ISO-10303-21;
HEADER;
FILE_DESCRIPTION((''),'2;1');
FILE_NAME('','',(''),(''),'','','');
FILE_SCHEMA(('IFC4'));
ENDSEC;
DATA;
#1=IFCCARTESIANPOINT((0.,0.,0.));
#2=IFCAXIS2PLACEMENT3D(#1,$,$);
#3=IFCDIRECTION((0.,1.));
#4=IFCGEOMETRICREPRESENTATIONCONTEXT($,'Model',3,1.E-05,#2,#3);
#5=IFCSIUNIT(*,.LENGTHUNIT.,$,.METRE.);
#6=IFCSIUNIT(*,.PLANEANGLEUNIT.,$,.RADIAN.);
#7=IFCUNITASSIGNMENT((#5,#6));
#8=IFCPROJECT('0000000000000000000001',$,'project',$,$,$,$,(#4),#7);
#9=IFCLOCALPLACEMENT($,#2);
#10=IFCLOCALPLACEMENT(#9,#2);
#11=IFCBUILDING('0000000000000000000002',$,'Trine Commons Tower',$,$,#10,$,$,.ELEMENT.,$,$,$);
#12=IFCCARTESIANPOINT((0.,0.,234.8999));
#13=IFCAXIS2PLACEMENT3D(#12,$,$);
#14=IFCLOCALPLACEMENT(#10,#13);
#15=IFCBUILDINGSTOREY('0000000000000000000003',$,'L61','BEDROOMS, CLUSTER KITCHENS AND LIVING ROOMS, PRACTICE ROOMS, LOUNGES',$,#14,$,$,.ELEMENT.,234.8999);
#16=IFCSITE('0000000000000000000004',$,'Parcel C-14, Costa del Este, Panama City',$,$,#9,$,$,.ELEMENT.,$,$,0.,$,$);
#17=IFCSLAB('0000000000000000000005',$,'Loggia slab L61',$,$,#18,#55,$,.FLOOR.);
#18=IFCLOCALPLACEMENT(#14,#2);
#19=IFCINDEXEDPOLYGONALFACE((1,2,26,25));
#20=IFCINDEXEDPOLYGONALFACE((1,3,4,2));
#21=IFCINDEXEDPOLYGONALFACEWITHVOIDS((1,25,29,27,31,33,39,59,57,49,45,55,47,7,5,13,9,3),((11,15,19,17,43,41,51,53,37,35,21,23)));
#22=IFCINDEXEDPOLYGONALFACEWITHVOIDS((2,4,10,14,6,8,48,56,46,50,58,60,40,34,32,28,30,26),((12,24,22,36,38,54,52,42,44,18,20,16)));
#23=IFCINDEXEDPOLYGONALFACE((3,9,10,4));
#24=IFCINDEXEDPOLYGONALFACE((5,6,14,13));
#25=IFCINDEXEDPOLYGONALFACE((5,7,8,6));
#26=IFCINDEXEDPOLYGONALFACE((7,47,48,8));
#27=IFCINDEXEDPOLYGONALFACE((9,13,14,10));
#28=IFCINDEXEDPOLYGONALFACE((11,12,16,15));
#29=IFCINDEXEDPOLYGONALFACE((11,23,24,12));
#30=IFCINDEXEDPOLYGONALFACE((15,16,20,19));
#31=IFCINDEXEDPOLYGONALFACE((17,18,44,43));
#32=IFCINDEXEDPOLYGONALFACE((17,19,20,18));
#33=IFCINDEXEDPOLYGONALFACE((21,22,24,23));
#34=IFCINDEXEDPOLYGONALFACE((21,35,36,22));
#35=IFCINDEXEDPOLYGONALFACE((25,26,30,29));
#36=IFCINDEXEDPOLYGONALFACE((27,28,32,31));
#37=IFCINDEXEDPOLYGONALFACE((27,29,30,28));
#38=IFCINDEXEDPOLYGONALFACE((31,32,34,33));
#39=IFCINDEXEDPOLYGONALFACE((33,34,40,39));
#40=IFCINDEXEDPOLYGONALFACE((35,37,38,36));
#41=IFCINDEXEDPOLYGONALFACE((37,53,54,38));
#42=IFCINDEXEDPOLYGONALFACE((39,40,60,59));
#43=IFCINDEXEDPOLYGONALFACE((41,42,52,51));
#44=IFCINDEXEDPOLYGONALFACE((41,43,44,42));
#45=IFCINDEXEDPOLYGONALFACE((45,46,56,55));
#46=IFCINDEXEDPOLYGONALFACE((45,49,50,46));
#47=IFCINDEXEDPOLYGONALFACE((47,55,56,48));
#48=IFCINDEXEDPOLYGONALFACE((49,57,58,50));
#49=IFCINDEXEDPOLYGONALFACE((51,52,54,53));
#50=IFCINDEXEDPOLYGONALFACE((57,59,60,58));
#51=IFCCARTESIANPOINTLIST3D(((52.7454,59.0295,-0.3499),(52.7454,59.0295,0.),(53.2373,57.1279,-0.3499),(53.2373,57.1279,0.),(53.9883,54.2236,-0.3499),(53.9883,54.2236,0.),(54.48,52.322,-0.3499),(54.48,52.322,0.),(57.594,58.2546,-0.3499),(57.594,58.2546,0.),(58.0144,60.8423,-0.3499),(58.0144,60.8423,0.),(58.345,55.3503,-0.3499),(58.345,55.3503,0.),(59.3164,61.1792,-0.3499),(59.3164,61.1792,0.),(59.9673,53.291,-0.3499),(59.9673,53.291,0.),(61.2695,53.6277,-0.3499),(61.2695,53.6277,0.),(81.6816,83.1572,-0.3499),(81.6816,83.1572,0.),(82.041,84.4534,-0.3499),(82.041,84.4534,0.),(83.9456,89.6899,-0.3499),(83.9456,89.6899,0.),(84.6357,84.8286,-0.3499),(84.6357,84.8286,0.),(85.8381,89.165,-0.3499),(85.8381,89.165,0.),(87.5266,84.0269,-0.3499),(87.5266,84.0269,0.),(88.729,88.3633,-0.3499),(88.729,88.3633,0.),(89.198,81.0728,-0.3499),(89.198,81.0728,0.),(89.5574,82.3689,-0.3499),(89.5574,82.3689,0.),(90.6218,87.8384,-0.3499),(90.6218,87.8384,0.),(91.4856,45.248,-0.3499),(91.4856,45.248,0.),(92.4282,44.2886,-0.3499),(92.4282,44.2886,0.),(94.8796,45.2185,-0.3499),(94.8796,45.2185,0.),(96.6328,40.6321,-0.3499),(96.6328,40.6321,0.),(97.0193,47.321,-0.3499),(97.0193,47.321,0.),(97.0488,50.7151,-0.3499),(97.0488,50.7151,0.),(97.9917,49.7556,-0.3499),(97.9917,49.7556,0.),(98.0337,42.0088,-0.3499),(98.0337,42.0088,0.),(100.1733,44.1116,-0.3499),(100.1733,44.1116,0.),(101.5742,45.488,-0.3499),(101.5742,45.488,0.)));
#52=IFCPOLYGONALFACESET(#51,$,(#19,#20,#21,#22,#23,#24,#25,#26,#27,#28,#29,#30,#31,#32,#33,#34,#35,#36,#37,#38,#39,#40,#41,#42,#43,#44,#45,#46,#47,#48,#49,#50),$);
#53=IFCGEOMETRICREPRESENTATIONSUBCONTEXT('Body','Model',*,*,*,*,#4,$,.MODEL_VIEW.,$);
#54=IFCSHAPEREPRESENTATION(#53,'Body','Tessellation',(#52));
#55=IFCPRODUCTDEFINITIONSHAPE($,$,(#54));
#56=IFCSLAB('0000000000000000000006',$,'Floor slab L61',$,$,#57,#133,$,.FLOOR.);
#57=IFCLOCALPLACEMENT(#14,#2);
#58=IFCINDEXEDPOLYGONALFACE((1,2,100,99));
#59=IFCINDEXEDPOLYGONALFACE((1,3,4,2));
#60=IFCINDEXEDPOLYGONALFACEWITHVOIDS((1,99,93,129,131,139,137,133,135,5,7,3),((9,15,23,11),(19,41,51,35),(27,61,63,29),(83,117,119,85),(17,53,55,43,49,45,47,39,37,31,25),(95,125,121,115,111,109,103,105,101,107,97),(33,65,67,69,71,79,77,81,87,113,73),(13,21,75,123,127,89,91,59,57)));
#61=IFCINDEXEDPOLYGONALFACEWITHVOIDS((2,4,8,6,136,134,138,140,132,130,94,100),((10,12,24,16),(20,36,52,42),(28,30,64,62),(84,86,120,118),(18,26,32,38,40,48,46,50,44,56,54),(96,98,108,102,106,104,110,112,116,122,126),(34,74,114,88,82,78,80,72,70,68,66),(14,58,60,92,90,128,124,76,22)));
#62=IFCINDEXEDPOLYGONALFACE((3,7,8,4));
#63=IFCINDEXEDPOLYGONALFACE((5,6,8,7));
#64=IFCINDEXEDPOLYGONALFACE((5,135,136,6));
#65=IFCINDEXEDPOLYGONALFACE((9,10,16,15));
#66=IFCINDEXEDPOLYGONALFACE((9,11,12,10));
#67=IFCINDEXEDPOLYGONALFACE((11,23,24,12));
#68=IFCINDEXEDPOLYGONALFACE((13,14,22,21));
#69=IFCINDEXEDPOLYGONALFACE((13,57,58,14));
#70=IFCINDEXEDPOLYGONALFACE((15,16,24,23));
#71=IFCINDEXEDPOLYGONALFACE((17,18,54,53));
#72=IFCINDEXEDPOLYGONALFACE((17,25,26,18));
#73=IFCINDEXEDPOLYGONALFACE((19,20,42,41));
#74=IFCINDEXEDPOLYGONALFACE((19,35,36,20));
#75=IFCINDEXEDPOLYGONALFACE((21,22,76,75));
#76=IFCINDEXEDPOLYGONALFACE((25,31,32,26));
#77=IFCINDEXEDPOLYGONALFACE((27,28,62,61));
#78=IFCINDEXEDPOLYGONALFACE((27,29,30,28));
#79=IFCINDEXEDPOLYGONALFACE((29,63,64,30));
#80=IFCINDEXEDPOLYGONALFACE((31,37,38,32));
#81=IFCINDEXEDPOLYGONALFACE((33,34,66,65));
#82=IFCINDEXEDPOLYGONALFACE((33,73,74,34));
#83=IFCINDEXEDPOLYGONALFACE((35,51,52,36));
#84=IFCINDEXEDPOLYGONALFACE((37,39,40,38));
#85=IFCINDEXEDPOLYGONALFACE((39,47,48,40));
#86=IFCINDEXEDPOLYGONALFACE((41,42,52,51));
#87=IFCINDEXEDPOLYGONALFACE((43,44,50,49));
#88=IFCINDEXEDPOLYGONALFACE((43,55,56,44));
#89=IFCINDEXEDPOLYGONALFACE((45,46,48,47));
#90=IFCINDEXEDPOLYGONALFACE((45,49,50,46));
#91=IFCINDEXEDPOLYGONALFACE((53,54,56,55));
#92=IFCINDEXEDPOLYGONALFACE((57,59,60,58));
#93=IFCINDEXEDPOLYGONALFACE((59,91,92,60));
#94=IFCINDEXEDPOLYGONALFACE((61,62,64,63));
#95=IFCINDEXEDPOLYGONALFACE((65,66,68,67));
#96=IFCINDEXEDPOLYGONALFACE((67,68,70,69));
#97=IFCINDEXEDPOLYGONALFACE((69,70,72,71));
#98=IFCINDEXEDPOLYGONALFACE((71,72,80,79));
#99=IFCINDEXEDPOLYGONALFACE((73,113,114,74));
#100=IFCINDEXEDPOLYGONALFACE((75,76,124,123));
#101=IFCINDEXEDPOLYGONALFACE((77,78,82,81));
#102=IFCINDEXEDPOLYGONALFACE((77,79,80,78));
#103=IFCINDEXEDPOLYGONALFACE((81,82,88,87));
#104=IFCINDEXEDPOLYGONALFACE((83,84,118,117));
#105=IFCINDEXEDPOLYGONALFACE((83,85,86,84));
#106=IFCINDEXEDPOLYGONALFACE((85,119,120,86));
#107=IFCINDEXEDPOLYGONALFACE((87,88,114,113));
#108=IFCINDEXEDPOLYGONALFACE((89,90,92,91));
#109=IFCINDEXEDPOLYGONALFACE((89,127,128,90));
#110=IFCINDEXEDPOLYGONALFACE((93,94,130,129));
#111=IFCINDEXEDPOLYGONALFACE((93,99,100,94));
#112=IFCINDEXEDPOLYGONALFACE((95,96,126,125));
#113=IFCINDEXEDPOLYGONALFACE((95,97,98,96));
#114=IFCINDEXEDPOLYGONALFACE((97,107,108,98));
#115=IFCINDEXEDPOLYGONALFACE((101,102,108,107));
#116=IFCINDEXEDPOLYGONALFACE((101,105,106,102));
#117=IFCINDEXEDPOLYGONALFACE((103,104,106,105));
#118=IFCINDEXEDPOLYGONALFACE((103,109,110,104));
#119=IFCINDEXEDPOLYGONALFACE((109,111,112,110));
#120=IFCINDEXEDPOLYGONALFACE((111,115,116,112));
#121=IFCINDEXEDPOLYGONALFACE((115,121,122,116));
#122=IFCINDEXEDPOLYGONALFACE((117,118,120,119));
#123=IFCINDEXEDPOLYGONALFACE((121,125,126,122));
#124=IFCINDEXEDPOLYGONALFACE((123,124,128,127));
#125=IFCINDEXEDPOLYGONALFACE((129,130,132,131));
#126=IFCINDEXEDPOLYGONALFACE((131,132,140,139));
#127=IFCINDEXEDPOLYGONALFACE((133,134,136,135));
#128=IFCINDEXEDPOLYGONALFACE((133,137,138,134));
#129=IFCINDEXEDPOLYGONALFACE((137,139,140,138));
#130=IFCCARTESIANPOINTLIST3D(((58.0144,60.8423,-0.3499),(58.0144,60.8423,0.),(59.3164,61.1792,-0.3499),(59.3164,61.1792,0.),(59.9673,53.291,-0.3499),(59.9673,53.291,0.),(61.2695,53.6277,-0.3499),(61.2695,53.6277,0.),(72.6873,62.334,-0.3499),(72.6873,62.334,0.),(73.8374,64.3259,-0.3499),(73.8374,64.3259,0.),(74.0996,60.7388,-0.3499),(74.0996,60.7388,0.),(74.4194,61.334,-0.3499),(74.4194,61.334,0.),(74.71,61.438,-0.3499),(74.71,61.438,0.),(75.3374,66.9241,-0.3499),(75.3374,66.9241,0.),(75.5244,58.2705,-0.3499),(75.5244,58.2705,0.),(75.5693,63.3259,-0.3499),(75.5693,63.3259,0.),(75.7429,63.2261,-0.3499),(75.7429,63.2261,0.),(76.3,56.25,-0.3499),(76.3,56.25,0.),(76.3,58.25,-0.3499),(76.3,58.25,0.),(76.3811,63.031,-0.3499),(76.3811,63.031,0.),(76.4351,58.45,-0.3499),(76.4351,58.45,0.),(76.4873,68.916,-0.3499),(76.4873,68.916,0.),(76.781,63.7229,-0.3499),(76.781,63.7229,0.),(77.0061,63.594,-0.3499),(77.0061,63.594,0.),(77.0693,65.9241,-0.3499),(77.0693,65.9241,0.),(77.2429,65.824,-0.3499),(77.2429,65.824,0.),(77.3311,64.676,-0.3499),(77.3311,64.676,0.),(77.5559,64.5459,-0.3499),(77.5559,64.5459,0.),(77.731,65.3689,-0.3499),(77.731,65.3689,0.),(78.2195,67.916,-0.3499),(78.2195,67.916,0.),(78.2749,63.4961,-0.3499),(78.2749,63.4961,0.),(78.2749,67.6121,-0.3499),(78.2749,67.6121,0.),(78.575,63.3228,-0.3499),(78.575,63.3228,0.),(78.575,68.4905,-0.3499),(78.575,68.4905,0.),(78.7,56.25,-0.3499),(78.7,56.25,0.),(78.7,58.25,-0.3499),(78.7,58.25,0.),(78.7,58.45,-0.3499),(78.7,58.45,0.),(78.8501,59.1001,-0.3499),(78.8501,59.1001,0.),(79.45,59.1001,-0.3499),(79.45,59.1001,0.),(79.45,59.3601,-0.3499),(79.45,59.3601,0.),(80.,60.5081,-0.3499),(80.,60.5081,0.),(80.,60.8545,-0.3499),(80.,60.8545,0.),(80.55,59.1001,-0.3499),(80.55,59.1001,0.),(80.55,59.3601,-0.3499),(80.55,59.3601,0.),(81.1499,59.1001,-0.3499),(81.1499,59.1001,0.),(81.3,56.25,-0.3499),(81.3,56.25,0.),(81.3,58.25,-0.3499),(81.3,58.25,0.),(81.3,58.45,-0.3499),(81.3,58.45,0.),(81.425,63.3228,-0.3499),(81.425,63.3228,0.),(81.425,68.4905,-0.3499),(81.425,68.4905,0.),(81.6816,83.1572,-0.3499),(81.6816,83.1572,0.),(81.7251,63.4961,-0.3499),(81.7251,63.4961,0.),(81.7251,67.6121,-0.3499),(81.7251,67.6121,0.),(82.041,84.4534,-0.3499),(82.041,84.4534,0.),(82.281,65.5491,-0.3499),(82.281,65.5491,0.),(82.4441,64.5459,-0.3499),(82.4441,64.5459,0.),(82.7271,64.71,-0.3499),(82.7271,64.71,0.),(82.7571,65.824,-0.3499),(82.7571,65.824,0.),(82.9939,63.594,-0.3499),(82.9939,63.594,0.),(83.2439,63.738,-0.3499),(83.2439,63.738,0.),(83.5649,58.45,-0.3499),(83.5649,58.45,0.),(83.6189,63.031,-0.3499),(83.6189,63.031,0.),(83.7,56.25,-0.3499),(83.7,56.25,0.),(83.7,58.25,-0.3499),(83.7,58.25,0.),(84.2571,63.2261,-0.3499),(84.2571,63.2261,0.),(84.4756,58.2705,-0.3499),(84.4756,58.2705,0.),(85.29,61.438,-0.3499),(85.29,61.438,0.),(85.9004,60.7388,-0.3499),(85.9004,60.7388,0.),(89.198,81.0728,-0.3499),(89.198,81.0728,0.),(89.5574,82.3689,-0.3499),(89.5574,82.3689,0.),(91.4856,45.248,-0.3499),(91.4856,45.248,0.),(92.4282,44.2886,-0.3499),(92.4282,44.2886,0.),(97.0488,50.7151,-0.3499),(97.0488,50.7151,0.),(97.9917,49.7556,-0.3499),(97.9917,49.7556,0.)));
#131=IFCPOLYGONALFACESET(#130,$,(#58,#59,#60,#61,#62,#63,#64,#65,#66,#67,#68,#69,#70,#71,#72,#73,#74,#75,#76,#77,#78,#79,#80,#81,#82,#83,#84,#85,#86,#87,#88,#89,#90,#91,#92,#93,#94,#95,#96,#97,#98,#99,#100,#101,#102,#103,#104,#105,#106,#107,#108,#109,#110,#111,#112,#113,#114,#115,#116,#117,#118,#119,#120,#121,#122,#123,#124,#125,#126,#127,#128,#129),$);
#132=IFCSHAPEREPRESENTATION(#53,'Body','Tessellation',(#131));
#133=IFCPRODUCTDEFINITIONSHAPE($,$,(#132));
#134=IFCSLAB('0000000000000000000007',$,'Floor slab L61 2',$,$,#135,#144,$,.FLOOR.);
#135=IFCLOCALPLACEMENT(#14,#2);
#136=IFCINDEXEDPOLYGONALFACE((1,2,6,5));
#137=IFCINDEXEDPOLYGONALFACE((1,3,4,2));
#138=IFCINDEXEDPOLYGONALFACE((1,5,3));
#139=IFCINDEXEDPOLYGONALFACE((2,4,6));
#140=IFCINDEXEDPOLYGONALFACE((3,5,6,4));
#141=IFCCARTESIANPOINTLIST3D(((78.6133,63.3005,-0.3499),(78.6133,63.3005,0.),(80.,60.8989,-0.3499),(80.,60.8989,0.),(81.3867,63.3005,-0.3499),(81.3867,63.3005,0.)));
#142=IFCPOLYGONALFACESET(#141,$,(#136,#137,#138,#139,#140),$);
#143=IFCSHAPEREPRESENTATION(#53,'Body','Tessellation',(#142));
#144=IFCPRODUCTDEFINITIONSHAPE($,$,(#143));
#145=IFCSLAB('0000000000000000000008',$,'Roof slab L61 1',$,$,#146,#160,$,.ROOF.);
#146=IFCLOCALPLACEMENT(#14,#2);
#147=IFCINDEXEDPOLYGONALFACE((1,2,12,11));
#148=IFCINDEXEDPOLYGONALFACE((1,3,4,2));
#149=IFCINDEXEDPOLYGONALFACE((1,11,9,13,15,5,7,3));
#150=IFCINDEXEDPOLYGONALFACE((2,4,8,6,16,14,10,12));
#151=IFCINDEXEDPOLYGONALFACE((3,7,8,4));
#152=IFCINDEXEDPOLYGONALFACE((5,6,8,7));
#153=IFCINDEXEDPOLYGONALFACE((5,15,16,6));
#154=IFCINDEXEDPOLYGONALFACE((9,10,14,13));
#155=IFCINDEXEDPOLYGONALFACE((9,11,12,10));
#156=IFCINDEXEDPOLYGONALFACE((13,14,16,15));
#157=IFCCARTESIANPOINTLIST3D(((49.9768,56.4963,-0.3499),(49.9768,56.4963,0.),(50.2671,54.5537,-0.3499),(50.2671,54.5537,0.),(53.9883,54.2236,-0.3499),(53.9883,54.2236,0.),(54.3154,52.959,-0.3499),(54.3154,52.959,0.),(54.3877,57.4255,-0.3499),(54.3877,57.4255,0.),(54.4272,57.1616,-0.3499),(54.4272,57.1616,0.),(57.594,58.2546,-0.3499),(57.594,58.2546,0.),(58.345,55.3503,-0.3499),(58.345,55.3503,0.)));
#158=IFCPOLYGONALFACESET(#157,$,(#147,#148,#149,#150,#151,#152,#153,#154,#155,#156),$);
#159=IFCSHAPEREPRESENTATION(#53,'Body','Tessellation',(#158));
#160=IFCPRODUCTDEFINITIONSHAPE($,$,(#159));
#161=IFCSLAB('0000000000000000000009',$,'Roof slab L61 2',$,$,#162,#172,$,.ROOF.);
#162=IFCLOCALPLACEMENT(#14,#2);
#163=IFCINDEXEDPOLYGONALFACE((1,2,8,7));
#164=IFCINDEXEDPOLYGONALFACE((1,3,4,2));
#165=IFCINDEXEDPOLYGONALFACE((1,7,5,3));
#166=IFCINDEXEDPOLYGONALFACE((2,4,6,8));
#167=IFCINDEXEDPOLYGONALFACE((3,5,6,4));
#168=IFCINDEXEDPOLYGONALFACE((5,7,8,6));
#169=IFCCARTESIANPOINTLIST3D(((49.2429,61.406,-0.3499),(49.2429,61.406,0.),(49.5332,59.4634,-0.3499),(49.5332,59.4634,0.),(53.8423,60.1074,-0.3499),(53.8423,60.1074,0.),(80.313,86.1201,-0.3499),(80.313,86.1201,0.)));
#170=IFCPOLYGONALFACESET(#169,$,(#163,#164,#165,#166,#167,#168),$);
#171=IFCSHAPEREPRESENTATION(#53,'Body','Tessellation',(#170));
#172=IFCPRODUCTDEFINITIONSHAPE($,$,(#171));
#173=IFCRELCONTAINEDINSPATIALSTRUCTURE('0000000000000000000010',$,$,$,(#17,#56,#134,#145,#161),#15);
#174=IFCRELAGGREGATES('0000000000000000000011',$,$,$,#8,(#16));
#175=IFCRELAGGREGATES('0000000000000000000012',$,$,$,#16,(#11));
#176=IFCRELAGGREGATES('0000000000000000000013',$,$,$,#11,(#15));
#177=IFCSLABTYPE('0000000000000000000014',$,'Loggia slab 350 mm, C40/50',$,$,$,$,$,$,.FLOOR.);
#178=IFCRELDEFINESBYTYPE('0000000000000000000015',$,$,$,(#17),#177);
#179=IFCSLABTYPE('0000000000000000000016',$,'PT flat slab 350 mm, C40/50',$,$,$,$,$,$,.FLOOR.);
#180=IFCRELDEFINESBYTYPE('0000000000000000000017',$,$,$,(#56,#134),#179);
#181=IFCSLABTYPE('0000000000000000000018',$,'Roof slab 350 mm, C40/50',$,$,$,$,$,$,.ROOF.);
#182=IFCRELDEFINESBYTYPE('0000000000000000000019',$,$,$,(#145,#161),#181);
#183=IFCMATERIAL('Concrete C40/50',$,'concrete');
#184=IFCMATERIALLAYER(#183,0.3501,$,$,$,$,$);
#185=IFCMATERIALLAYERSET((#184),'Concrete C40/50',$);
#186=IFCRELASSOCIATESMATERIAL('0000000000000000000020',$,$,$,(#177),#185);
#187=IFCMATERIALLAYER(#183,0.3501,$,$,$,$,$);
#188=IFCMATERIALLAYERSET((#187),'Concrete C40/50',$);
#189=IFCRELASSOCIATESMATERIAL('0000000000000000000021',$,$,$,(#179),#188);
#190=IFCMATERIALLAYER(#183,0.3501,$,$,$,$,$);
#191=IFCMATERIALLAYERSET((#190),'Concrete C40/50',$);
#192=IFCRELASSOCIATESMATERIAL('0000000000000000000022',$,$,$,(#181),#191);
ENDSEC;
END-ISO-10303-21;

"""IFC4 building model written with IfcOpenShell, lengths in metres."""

from ifc_helpers import new_model, si_unit, direction, frame, origin, place, context, subcontext, project, spatial, polyline, outline, extrude, material, layer, layer_set, type_object, element, save


model = new_model("IFC4")

# Units and contexts
model_context = context("Model", 3, precision=1e-05, world=origin(), true_north=direction((0.0, 1.0)))
body_context = subcontext(model_context, "Body", "Model", "MODEL_VIEW")
ifc_project = project(units=[si_unit("LENGTHUNIT", "METRE"), si_unit("PLANEANGLEUNIT", "RADIAN")], contexts=[model_context])

# Site, building, storey
site_placement = place(None, origin())
site = spatial("IfcSite", under=ifc_project, at=site_placement, Name="Parcel C-14, Costa del Este, Panama City", CompositionType="ELEMENT", RefElevation=0.0)
building_placement = place(site_placement, origin())
building = spatial("IfcBuilding", under=site, at=building_placement, Name="Trine Commons Tower", CompositionType="ELEMENT")
storey_placement = place(building_placement, frame((0.0, 0.0, 234.8999)))
storey = spatial("IfcBuildingStorey", under=building, at=storey_placement, Name="L61", Description="BEDROOMS, CLUSTER KITCHENS AND LIVING ROOMS, PRACTICE ROOMS, LOUNGES", CompositionType="ELEMENT", Elevation=234.8999)

# Slabs
ifc_material_1 = material(Name="Concrete C40/50", Category="concrete")
ifc_layer_1 = layer(ifc_material_1, 0.3501)
ifc_layer_set_1 = layer_set([ifc_layer_1], Name="Concrete C40/50")
slab_type_1 = type_object("IfcSlabType", Name="Loggia slab 350 mm, C40/50", PredefinedType="FLOOR", material=ifc_layer_set_1)
slab_1_placement = place(storey_placement, frame((0.0, 0.0, -0.3499)))
element("IfcSlab", 1, at=slab_1_placement, inside=storey, type_object=slab_type_1, Name="Loggia slab L61", PredefinedType="FLOOR", context=body_context, shape_type="SweptSolid", body=[
    extrude(outline(polyline([(101.5742, 45.488), (90.6218, 87.8384), (88.729, 88.3633), (87.5266, 84.0269), (84.6357, 84.8286), (85.8381, 89.165), (83.9456, 89.6899), (52.7454, 59.0295), (53.2373, 57.1279), (57.594, 58.2546), (58.345, 55.3503), (53.9883, 54.2236), (54.48, 52.322), (96.6328, 40.6321), (98.0337, 42.0088), (94.8796, 45.2185), (97.0193, 47.321), (100.1733, 44.1116), (101.5742, 45.488)]), holes=[polyline([(59.3164, 61.1792), (61.2695, 53.6277), (59.9673, 53.291), (92.4282, 44.2886), (91.4856, 45.248), (97.0488, 50.7151), (97.9917, 49.7556), (89.5574, 82.3689), (89.198, 81.0728), (81.6816, 83.1572), (82.041, 84.4534), (58.0144, 60.8423), (59.3164, 61.1792)])]), origin(), (0.0, 0.0, 1.0), 0.3499),
])
ifc_layer_2 = layer(ifc_material_1, 0.3501)
ifc_layer_set_2 = layer_set([ifc_layer_2], Name="Concrete C40/50")
slab_type_2 = type_object("IfcSlabType", Name="PT flat slab 350 mm, C40/50", PredefinedType="FLOOR", material=ifc_layer_set_2)
slab_2_placement = place(storey_placement, frame((0.0, 0.0, -0.3499)))
element("IfcSlab", 2, at=slab_2_placement, inside=storey, type_object=slab_type_2, Name="Floor slab L61", PredefinedType="FLOOR", context=body_context, shape_type="SweptSolid", body=[
    extrude(outline(polyline([(58.0144, 60.8423), (59.3164, 61.1792), (61.2695, 53.6277), (59.9673, 53.291), (92.4282, 44.2886), (91.4856, 45.248), (97.0488, 50.7151), (97.9917, 49.7556), (89.5574, 82.3689), (89.198, 81.0728), (81.6816, 83.1572), (82.041, 84.4534), (58.0144, 60.8423)]), holes=[polyline([(78.7, 56.25), (78.7, 58.25), (76.3, 58.25), (76.3, 56.25), (78.7, 56.25)]), polyline([(83.7, 56.25), (83.7, 58.25), (81.3, 58.25), (81.3, 56.25), (83.7, 56.25)]), polyline([(81.3, 58.45), (83.5649, 58.45), (80.0, 60.5081), (76.4351, 58.45), (78.7, 58.45), (78.8501, 59.1001), (79.45, 59.1001), (79.45, 59.3601), (80.55, 59.3601), (80.55, 59.1001), (81.1499, 59.1001), (81.3, 58.45)]), polyline([(81.425, 63.3228), (81.425, 68.4905), (78.575, 68.4905), (78.575, 63.3228), (74.0996, 60.7388), (75.5244, 58.2705), (80.0, 60.8545), (84.4756, 58.2705), (85.9004, 60.7388), (81.425, 63.3228)]), polyline([(72.6873, 62.334), (74.4194, 61.334), (75.5693, 63.3259), (73.8374, 64.3259), (72.6873, 62.334)]), polyline([(76.3811, 63.031), (75.7429, 63.2261), (74.71, 61.438), (78.2749, 63.4961), (78.2749, 67.6121), (77.2429, 65.824), (77.731, 65.3689), (77.3311, 64.676), (77.5559, 64.5459), (77.0061, 63.594), (76.781, 63.7229), (76.3811, 63.031)]), polyline([(82.9939, 63.594), (82.4441, 64.5459), (82.7271, 64.71), (82.281, 65.5491), (82.7571, 65.824), (81.7251, 67.6121), (81.7251, 63.4961), (85.29, 61.438), (84.2571, 63.2261), (83.6189, 63.031), (83.2439, 63.738), (82.9939, 63.594)]), polyline([(76.4873, 68.916), (75.3374, 66.9241), (77.0693, 65.9241), (78.2195, 67.916), (76.4873, 68.916)])]), origin(), (0.0, 0.0, 1.0), 0.3499),
])
slab_3_placement = place(storey_placement, frame((0.0, 0.0, -0.3499)))
element("IfcSlab", 3, at=slab_3_placement, inside=storey, type_object=slab_type_2, Name="Floor slab L61 2", PredefinedType="FLOOR", context=body_context, shape_type="SweptSolid", body=[
    extrude(outline(polyline([(81.3867, 63.3005), (78.6133, 63.3005), (80.0, 60.8989), (81.3867, 63.3005)])), origin(), (0.0, 0.0, 1.0), 0.3499),
])
ifc_layer_3 = layer(ifc_material_1, 0.3501)
ifc_layer_set_3 = layer_set([ifc_layer_3], Name="Concrete C40/50")
slab_type_3 = type_object("IfcSlabType", Name="Roof slab 350 mm, C40/50", PredefinedType="ROOF", material=ifc_layer_set_3)
slab_4_placement = place(storey_placement, frame((0.0, 0.0, -0.3499)))
element("IfcSlab", 4, at=slab_4_placement, inside=storey, type_object=slab_type_3, Name="Roof slab L61 1", PredefinedType="ROOF", context=body_context, shape_type="SweptSolid", body=[
    extrude(outline(polyline([(54.3154, 52.959), (53.9883, 54.2236), (58.345, 55.3503), (57.594, 58.2546), (54.3877, 57.4255), (54.4272, 57.1616), (49.9768, 56.4963), (50.2671, 54.5537), (54.3154, 52.959)])), origin(), (0.0, 0.0, 1.0), 0.3499),
])
slab_5_placement = place(storey_placement, frame((0.0, 0.0, -0.3499)))
element("IfcSlab", 5, at=slab_5_placement, inside=storey, type_object=slab_type_3, Name="Roof slab L61 2", PredefinedType="ROOF", context=body_context, shape_type="SweptSolid", body=[
    extrude(outline(polyline([(53.8423, 60.1074), (80.313, 86.1201), (49.2429, 61.406), (49.5332, 59.4634), (53.8423, 60.1074)])), origin(), (0.0, 0.0, 1.0), 0.3499),
])

save(model, "model.ifc")
